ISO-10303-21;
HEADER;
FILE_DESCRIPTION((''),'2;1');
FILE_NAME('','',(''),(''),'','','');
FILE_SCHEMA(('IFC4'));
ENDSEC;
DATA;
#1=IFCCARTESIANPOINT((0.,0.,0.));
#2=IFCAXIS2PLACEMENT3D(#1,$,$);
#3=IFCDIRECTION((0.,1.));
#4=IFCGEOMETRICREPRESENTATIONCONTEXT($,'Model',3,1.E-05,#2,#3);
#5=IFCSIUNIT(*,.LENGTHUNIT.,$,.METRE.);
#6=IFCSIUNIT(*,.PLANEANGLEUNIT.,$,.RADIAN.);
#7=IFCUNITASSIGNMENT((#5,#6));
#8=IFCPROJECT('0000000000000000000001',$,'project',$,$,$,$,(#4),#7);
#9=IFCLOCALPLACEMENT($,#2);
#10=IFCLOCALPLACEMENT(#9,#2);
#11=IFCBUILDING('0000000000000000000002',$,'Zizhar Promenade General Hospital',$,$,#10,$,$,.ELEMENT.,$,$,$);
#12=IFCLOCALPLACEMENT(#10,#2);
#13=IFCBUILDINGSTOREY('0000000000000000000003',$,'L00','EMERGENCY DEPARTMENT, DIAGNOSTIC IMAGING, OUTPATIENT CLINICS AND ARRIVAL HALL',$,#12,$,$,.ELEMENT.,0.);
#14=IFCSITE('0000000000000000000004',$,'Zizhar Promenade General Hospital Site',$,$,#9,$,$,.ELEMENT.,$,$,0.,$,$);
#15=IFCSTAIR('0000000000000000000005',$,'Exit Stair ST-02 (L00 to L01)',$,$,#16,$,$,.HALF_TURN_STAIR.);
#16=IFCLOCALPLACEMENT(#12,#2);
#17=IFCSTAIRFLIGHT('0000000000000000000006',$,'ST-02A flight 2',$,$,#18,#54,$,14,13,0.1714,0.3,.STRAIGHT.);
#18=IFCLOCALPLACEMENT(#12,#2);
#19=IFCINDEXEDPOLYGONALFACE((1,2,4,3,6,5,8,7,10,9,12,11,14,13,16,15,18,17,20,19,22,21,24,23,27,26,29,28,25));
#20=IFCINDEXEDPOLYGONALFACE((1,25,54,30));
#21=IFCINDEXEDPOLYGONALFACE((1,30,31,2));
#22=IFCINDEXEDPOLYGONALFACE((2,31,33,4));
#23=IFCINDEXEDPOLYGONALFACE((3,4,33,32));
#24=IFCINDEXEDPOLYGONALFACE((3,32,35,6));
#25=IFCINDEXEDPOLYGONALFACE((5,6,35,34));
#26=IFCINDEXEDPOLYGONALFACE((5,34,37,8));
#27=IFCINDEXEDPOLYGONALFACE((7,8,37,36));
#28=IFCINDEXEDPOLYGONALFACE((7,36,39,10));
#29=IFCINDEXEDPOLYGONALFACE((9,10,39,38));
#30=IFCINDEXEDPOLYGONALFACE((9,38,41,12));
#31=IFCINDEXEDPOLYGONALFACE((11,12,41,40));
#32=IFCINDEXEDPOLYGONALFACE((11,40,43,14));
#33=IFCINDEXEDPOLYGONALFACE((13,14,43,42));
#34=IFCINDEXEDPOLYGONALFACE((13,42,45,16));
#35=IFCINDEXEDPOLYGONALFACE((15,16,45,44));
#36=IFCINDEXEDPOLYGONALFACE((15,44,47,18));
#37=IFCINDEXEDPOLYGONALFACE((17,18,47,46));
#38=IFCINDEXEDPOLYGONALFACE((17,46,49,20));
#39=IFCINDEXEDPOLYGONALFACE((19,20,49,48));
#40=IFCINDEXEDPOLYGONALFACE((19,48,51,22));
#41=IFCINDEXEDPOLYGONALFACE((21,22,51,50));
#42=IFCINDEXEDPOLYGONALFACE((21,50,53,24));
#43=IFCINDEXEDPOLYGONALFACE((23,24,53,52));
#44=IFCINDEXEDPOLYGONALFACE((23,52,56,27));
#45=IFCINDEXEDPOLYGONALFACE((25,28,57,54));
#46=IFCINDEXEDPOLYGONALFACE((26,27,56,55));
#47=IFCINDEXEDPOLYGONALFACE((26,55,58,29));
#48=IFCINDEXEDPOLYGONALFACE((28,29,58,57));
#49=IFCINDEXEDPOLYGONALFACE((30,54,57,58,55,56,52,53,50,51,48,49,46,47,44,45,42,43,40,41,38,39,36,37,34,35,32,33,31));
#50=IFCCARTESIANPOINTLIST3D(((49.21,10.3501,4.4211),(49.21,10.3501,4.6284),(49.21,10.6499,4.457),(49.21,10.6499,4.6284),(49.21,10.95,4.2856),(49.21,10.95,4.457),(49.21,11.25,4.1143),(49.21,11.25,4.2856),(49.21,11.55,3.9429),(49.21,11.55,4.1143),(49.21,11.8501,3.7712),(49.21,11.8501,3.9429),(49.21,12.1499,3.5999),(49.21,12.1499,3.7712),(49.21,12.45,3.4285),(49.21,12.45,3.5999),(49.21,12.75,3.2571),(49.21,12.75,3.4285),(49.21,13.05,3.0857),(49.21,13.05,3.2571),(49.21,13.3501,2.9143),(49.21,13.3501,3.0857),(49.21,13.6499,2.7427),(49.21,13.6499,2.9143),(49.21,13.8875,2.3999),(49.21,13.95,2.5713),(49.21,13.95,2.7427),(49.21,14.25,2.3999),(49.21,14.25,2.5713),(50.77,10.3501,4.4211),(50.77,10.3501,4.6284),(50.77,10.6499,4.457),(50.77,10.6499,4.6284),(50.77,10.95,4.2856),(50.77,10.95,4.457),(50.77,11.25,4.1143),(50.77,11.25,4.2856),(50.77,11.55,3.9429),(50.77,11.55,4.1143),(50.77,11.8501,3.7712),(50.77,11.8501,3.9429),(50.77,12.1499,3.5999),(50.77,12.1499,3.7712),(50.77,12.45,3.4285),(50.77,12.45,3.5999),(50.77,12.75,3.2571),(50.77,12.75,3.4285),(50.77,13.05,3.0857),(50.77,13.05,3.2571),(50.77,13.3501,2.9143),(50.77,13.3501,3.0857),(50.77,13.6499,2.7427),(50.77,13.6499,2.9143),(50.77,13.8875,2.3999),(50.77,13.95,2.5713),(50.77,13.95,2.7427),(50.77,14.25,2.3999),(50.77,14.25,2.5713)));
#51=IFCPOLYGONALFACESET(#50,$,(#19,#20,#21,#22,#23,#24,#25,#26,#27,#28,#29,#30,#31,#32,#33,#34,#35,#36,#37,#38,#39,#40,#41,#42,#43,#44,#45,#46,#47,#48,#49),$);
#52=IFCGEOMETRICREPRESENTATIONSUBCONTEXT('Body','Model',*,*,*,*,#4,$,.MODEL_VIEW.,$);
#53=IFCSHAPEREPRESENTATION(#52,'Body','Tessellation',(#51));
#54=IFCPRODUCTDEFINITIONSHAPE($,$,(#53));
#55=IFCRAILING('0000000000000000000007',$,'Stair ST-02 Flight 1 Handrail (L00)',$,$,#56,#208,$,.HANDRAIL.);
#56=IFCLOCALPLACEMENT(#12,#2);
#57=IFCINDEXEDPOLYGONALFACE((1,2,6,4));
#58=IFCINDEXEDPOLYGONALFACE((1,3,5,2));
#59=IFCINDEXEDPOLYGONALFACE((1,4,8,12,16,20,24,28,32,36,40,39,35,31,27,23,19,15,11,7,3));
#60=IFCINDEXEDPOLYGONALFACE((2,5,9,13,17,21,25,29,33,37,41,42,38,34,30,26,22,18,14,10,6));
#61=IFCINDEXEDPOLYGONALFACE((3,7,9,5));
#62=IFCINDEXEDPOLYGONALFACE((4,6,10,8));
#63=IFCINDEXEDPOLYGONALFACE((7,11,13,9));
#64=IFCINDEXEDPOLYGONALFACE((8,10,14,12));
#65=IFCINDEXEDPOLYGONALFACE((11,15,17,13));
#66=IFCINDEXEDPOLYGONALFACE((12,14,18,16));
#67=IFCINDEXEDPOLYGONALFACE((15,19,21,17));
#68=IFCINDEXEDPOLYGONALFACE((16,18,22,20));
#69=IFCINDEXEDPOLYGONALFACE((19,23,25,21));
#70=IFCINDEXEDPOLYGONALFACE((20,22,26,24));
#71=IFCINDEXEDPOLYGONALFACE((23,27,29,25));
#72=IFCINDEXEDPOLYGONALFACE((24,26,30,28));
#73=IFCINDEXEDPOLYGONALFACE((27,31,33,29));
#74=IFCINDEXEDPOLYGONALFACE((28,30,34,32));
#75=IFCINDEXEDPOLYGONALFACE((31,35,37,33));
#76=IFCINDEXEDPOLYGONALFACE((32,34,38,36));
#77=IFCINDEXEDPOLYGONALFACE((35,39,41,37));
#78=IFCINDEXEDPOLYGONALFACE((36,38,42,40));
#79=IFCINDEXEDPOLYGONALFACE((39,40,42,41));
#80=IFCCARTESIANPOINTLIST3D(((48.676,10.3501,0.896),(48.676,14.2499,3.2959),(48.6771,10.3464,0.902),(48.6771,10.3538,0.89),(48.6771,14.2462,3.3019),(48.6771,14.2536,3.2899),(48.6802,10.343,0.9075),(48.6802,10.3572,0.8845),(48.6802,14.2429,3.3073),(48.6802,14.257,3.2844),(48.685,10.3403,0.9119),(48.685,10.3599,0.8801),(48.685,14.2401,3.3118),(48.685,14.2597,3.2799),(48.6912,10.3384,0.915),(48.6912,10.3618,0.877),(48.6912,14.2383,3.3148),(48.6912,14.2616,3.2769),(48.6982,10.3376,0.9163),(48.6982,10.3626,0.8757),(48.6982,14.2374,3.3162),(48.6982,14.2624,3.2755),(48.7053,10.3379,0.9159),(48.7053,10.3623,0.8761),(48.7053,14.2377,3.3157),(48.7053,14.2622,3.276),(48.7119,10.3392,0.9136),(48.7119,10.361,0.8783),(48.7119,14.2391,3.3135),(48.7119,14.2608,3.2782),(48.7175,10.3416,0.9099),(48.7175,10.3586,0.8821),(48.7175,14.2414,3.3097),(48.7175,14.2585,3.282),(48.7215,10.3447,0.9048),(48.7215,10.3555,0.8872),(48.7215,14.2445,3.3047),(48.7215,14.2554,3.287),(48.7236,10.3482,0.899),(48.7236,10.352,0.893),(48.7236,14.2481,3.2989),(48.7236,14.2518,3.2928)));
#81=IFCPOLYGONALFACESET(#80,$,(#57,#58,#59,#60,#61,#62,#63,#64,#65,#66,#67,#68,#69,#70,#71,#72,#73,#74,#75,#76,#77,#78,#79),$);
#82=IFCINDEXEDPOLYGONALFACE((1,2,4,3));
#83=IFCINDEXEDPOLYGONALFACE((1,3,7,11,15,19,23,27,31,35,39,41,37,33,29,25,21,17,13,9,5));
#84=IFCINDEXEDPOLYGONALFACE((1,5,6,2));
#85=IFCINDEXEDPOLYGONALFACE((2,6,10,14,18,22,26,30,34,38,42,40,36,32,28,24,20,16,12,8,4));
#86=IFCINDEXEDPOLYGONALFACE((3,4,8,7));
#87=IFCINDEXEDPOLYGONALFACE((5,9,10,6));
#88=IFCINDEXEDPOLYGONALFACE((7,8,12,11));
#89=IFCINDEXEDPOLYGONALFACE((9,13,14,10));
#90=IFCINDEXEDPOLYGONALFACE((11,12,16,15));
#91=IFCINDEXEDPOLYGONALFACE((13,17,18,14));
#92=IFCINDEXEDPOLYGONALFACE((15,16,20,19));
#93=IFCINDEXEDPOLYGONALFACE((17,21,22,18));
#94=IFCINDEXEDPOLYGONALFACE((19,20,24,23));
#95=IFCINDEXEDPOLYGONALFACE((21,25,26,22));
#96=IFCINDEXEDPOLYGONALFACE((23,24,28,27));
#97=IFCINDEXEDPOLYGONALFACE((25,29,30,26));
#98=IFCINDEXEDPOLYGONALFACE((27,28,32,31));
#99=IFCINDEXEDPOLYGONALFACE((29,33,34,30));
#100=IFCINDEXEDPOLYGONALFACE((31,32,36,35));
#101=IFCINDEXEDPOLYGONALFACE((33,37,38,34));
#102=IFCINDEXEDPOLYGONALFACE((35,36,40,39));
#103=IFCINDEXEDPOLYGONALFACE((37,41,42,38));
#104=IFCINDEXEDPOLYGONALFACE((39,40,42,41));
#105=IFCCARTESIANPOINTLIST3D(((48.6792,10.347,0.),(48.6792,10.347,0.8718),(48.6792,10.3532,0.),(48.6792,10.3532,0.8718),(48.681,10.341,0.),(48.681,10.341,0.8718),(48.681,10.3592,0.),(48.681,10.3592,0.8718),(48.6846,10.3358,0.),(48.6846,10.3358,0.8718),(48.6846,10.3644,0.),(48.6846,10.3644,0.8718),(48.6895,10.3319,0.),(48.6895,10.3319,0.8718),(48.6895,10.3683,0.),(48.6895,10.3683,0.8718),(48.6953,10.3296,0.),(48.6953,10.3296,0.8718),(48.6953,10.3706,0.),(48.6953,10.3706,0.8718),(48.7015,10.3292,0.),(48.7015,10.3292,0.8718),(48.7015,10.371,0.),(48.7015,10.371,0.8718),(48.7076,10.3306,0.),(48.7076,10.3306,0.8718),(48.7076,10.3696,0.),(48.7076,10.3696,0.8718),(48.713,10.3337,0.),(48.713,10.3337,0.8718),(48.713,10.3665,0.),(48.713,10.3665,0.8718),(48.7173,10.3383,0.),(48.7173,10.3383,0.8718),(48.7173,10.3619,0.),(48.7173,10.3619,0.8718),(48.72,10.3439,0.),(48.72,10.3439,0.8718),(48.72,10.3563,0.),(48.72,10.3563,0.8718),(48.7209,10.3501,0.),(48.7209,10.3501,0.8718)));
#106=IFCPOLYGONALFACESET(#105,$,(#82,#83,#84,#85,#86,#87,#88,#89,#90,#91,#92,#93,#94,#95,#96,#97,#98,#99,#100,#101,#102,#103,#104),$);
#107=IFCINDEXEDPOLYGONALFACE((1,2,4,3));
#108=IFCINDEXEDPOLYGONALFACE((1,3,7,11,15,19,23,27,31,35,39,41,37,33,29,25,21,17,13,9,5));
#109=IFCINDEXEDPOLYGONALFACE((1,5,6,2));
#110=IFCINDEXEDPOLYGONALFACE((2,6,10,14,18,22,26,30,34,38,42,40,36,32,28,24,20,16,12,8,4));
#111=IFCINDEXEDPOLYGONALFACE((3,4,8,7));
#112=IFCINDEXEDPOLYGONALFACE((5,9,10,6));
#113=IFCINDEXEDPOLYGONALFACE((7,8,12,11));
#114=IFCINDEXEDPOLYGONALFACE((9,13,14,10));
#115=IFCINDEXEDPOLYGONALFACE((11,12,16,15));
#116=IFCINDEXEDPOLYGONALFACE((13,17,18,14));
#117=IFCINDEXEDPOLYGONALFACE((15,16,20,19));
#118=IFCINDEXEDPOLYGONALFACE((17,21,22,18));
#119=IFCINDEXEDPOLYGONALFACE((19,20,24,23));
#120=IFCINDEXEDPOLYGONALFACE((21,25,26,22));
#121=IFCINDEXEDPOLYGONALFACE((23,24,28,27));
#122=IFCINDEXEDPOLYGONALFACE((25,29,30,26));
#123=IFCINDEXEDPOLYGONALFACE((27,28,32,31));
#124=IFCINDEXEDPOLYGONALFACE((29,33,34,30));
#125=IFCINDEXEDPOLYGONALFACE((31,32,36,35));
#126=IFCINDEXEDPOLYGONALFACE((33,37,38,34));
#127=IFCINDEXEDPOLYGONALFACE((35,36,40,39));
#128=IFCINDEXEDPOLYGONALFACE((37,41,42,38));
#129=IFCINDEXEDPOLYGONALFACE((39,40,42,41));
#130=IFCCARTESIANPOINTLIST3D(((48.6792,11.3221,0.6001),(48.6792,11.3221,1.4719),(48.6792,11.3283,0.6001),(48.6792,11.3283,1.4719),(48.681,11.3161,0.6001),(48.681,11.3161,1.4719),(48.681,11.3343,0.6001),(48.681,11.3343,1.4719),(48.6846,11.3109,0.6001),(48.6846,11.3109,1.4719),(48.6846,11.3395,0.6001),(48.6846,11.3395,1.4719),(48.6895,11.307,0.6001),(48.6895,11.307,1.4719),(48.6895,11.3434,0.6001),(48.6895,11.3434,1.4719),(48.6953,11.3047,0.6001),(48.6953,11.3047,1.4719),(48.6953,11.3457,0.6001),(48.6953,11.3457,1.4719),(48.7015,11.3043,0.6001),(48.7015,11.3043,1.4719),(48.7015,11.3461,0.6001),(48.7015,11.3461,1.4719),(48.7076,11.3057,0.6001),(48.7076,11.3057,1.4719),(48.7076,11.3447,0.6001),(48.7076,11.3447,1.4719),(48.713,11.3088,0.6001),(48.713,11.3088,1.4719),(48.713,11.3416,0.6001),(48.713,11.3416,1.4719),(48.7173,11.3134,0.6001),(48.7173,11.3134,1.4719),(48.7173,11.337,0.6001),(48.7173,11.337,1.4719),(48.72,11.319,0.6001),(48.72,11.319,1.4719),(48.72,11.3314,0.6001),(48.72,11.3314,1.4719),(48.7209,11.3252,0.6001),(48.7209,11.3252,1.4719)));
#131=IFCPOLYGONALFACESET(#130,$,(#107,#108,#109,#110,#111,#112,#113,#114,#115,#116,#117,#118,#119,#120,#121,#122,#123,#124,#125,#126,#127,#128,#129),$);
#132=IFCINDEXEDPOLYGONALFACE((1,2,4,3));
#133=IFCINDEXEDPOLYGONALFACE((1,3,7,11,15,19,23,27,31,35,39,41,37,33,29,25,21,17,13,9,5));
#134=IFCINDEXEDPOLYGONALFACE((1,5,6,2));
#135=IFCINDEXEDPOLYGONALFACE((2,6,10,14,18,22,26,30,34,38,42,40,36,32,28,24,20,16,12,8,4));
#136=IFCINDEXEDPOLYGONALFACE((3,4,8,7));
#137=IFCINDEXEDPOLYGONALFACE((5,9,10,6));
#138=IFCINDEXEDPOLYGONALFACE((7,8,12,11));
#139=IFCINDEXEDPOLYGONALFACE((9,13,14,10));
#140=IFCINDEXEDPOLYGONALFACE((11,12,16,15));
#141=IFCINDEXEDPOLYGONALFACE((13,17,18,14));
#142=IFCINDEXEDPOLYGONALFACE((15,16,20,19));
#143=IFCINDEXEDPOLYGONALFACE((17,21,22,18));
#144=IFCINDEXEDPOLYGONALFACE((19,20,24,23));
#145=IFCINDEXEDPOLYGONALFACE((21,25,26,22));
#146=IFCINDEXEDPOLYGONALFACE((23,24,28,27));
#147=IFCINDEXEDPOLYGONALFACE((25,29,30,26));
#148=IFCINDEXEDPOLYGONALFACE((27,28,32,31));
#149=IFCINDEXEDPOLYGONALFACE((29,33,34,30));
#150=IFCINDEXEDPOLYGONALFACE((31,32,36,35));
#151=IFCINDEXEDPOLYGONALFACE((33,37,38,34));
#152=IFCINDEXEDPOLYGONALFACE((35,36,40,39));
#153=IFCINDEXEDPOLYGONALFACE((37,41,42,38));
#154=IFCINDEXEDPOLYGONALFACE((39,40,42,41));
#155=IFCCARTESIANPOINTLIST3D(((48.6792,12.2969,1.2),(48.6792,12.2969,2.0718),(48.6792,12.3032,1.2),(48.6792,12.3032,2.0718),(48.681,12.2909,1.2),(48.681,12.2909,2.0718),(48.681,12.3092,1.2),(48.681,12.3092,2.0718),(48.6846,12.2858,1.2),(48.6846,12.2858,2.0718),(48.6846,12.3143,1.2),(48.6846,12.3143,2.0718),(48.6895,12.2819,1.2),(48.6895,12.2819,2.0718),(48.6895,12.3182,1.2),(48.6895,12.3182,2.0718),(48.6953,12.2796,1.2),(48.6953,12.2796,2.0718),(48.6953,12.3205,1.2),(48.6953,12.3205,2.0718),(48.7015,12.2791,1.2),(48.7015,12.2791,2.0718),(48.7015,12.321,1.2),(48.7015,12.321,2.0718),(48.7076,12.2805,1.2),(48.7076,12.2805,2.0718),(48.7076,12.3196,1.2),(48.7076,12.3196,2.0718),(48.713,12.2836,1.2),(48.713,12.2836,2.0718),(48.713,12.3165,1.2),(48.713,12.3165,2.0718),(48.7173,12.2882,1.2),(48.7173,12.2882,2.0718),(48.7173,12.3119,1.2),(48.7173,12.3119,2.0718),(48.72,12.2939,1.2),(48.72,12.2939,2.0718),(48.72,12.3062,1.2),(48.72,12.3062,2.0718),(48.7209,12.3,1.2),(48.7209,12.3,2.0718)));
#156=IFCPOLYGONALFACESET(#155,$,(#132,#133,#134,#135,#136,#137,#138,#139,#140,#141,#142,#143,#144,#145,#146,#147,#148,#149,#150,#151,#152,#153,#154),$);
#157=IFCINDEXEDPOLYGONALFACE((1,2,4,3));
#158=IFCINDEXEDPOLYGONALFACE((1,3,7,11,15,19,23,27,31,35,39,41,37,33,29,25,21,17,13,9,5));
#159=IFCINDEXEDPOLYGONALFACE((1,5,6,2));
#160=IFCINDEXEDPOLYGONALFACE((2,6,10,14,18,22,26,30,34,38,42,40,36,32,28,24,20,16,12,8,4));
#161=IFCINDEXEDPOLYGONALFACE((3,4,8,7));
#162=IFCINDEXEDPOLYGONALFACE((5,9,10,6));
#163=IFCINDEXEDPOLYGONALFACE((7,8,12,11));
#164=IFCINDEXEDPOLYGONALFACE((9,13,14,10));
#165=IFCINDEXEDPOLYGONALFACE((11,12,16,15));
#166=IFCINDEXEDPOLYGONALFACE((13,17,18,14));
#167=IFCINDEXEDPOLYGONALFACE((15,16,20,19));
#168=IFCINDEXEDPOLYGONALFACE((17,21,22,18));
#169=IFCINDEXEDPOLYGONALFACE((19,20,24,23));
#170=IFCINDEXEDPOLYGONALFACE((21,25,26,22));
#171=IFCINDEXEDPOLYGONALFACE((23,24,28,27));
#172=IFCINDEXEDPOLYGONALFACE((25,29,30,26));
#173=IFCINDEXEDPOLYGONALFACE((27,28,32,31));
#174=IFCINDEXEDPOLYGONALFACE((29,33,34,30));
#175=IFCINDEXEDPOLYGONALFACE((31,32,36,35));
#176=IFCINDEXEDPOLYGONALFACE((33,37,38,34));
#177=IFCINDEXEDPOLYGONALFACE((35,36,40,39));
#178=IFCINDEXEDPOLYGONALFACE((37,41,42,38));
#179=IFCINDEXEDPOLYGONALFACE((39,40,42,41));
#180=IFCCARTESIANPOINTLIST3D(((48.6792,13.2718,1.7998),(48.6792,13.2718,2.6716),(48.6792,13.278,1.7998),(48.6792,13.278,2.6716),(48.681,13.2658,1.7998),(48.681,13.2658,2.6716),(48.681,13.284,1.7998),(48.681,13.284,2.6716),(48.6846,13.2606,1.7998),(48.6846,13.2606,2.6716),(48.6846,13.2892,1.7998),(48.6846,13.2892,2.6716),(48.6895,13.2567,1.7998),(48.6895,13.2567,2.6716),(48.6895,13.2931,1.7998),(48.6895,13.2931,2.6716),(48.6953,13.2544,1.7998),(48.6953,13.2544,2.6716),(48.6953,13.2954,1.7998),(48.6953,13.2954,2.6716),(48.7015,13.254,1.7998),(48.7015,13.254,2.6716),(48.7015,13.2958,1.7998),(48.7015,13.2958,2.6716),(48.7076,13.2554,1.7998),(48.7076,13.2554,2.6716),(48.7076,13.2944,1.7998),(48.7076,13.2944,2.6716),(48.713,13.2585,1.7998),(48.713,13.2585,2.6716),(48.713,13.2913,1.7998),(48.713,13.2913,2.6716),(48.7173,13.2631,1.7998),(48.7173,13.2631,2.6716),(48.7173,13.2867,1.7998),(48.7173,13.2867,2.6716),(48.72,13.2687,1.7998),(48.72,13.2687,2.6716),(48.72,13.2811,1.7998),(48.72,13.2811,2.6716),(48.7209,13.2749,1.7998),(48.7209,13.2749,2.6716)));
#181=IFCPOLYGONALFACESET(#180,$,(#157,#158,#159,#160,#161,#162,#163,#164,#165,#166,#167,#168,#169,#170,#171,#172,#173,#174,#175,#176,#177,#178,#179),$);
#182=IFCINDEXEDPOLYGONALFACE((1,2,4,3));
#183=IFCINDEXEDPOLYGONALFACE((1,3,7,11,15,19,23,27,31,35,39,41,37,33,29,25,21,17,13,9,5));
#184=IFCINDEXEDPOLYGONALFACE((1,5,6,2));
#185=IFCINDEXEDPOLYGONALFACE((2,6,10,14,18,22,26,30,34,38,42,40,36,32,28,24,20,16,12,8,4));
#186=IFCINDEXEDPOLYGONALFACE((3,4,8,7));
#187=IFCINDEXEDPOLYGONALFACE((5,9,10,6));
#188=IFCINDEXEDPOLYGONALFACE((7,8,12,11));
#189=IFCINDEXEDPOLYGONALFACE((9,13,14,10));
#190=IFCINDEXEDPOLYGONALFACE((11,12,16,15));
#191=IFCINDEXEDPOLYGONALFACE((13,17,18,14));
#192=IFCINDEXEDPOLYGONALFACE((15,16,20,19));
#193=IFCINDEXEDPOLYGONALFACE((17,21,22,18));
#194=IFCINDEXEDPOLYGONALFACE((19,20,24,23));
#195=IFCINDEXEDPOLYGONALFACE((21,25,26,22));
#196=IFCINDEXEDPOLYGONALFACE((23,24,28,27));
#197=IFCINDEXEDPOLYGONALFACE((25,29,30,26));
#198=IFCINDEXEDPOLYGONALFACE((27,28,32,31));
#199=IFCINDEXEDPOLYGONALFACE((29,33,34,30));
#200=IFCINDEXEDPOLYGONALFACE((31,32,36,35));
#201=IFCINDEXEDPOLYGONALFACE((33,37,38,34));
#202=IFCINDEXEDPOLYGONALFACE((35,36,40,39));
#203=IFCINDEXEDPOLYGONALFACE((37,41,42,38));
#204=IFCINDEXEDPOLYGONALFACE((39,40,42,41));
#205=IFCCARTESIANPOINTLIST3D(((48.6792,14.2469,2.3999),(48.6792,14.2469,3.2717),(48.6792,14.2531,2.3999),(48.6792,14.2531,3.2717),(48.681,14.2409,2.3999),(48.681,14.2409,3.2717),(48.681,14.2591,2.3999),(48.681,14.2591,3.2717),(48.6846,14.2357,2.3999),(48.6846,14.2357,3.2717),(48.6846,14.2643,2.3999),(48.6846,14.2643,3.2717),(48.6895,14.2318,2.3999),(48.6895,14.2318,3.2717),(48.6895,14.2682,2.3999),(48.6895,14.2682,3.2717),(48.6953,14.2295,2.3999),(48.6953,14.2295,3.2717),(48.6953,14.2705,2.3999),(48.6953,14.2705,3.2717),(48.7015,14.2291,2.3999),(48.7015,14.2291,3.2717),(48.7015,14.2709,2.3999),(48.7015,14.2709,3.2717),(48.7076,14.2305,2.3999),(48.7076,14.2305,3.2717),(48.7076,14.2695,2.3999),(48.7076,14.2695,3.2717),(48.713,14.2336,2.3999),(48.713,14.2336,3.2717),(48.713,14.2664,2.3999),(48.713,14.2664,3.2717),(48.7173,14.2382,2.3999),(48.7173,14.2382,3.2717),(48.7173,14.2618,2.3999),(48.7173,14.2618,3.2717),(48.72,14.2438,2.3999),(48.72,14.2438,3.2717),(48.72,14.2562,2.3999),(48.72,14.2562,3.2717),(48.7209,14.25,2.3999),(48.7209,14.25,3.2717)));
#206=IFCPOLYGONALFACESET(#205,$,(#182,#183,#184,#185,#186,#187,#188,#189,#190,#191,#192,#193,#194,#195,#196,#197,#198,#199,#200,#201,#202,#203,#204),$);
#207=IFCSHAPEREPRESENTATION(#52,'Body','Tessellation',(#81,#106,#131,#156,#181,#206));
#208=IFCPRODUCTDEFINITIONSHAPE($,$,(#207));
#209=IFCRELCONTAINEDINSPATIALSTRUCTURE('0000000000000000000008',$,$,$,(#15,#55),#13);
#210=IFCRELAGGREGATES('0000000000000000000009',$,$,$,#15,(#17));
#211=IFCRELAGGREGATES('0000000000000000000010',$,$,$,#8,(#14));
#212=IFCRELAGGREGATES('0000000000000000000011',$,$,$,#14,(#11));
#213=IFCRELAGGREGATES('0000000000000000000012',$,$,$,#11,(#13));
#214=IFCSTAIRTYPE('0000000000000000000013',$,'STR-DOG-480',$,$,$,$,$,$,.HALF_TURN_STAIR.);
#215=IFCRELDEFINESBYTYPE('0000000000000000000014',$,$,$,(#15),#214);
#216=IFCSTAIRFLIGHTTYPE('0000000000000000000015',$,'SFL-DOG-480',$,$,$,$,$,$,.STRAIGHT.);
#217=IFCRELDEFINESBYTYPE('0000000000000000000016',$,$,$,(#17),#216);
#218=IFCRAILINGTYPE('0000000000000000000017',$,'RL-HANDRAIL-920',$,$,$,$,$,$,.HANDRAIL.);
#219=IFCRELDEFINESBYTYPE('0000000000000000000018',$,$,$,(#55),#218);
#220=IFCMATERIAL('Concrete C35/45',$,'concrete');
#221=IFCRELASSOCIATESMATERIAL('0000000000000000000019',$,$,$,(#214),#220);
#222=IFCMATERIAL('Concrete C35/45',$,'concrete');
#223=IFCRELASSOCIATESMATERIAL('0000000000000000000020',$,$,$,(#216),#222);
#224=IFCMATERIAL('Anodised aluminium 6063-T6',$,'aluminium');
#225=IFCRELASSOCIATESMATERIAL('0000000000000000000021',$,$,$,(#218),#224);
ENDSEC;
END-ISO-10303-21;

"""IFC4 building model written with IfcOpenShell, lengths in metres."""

from ifc_helpers import new_model, si_unit, direction, frame, origin, origin_2d, place, context, subcontext, project, spatial, polyline, circle, hollow_circle, outline, extrude, material, material_profile, profile_set, type_object, element, aggregate, save


model = new_model("IFC4")

# Units and contexts
model_context = context("Model", 3, precision=1e-05, world=origin(), true_north=direction((0.0, 1.0)))
body_context = subcontext(model_context, "Body", "Model", "MODEL_VIEW")
ifc_project = project(units=[si_unit("LENGTHUNIT", "METRE"), si_unit("PLANEANGLEUNIT", "RADIAN")], contexts=[model_context])

# Site, building, storey
site_placement = place(None, origin())
site = spatial("IfcSite", under=ifc_project, at=site_placement, Name="Zizhar Promenade General Hospital Site", CompositionType="ELEMENT", RefElevation=0.0)
building_placement = place(site_placement, origin())
building = spatial("IfcBuilding", under=site, at=building_placement, Name="Zizhar Promenade General Hospital", CompositionType="ELEMENT")
storey_placement = place(building_placement, origin())
storey = spatial("IfcBuildingStorey", under=building, at=storey_placement, Name="L00", Description="EMERGENCY DEPARTMENT, DIAGNOSTIC IMAGING, OUTPATIENT CLINICS AND ARRIVAL HALL", CompositionType="ELEMENT", Elevation=0.0)

# Stair, stair flight
ifc_material_1 = material(Name="Concrete C35/45", Category="concrete")
stair_type = type_object("IfcStairType", Name="STR-DOG-480", PredefinedType="HALF_TURN_STAIR", material=ifc_material_1)
stair_placement = place(storey_placement, origin())
stair = element("IfcStair", 1, at=stair_placement, inside=storey, type_object=stair_type, Name="Exit Stair ST-02 (L00 to L01)", PredefinedType="HALF_TURN_STAIR")
ifc_material_2 = material(Name="Concrete C35/45", Category="concrete")
stair_flight_type = type_object("IfcStairFlightType", Name="SFL-DOG-480", PredefinedType="STRAIGHT", material=ifc_material_2)
stair_flight_1_placement = place(storey_placement, frame((49.99, 14.25, 2.3999), z_axis=(0.0, 0.0, 1.0), x_axis=(0.0, -1.0, 0.0)))
stair_flight_1 = element("IfcStairFlight", 2, at=stair_flight_1_placement, type_object=stair_flight_type, Name="ST-02A flight 2", NumberOfRisers=14, NumberOfTreads=13, PredefinedType="STRAIGHT", RiserHeight=0.1714, TreadLength=0.3, context=body_context, shape_type="SweptSolid", body=[
    extrude(outline(polyline([(0.0, 0.0), (0.0, 0.1714), (0.3, 0.1714), (0.3, 0.3428), (0.6001, 0.3428), (0.6001, 0.5144), (0.8999, 0.5144), (0.8999, 0.6858), (1.2, 0.6858), (1.2, 0.8572), (1.5, 0.8572), (1.5, 1.0286), (1.8, 1.0286), (1.8, 1.2), (2.1001, 1.2), (2.1001, 1.3713), (2.3999, 1.3713), (2.3999, 1.543), (2.7, 1.543), (2.7, 1.7144), (3.0, 1.7144), (3.0, 1.8857), (3.3, 1.8857), (3.3, 2.0571), (3.6001, 2.0571), (3.6001, 2.2285), (3.8999, 2.2285), (3.8999, 2.3999), (3.8999, 2.0212), (0.3625, 0.0), (0.0, 0.0)])), frame((0.0, 0.78, 0.0), z_axis=(0.0, -1.0, 0.0), x_axis=(1.0, 0.0, 0.0)), (0.0, 0.0, 1.0), 1.5601),
])
aggregate(stair, [stair_flight_1])

# Railing
ifc_material_3 = material(Name="Anodised aluminium 6063-T6", Category="aluminium")
ifc_material_profile_1 = material_profile(ifc_material_3, hollow_circle(Radius=0.0698, WallThickness=0.0063, at=origin_2d()))
ifc_profile_set_1 = profile_set([ifc_material_profile_1], Name="Anodised aluminium 6063-T6")
railing_type_1 = type_object("IfcRailingType", Name="RL-HANDRAIL-920", PredefinedType="HANDRAIL", material=ifc_profile_set_1)
railing_1_placement = place(storey_placement, frame((48.7, 10.3501, 0.0)))
element("IfcRailing", 3, at=railing_1_placement, inside=storey, type_object=railing_type_1, Name="Stair ST-02 Flight 1 Handrail (L00)", PredefinedType="HANDRAIL", context=body_context, shape_type="SweptSolid", body=[
    extrude(circle(Radius=0.0239, at=origin_2d()), frame((0.0, 0.0, 0.896), z_axis=(0.0, 0.851662, 0.524091), x_axis=(-1.0, 0.0, 0.0)), (0.0, 0.0, 1.0), 4.5791),
    extrude(circle(Radius=0.021, at=origin_2d()), origin(), (0.0, 0.0, 1.0), 0.8718),
    extrude(circle(Radius=0.021, at=origin_2d()), frame((0.0, 0.9751, 0.6001)), (0.0, 0.0, 1.0), 0.8718),
    extrude(circle(Radius=0.021, at=origin_2d()), frame((0.0, 1.95, 1.2)), (0.0, 0.0, 1.0), 0.8718),
    extrude(circle(Radius=0.021, at=origin_2d()), frame((0.0, 2.9248, 1.7998)), (0.0, 0.0, 1.0), 0.8718),
    extrude(circle(Radius=0.021, at=origin_2d()), frame((0.0, 3.8999, 2.3999)), (0.0, 0.0, 1.0), 0.8718),
])

save(model, "model.ifc")
